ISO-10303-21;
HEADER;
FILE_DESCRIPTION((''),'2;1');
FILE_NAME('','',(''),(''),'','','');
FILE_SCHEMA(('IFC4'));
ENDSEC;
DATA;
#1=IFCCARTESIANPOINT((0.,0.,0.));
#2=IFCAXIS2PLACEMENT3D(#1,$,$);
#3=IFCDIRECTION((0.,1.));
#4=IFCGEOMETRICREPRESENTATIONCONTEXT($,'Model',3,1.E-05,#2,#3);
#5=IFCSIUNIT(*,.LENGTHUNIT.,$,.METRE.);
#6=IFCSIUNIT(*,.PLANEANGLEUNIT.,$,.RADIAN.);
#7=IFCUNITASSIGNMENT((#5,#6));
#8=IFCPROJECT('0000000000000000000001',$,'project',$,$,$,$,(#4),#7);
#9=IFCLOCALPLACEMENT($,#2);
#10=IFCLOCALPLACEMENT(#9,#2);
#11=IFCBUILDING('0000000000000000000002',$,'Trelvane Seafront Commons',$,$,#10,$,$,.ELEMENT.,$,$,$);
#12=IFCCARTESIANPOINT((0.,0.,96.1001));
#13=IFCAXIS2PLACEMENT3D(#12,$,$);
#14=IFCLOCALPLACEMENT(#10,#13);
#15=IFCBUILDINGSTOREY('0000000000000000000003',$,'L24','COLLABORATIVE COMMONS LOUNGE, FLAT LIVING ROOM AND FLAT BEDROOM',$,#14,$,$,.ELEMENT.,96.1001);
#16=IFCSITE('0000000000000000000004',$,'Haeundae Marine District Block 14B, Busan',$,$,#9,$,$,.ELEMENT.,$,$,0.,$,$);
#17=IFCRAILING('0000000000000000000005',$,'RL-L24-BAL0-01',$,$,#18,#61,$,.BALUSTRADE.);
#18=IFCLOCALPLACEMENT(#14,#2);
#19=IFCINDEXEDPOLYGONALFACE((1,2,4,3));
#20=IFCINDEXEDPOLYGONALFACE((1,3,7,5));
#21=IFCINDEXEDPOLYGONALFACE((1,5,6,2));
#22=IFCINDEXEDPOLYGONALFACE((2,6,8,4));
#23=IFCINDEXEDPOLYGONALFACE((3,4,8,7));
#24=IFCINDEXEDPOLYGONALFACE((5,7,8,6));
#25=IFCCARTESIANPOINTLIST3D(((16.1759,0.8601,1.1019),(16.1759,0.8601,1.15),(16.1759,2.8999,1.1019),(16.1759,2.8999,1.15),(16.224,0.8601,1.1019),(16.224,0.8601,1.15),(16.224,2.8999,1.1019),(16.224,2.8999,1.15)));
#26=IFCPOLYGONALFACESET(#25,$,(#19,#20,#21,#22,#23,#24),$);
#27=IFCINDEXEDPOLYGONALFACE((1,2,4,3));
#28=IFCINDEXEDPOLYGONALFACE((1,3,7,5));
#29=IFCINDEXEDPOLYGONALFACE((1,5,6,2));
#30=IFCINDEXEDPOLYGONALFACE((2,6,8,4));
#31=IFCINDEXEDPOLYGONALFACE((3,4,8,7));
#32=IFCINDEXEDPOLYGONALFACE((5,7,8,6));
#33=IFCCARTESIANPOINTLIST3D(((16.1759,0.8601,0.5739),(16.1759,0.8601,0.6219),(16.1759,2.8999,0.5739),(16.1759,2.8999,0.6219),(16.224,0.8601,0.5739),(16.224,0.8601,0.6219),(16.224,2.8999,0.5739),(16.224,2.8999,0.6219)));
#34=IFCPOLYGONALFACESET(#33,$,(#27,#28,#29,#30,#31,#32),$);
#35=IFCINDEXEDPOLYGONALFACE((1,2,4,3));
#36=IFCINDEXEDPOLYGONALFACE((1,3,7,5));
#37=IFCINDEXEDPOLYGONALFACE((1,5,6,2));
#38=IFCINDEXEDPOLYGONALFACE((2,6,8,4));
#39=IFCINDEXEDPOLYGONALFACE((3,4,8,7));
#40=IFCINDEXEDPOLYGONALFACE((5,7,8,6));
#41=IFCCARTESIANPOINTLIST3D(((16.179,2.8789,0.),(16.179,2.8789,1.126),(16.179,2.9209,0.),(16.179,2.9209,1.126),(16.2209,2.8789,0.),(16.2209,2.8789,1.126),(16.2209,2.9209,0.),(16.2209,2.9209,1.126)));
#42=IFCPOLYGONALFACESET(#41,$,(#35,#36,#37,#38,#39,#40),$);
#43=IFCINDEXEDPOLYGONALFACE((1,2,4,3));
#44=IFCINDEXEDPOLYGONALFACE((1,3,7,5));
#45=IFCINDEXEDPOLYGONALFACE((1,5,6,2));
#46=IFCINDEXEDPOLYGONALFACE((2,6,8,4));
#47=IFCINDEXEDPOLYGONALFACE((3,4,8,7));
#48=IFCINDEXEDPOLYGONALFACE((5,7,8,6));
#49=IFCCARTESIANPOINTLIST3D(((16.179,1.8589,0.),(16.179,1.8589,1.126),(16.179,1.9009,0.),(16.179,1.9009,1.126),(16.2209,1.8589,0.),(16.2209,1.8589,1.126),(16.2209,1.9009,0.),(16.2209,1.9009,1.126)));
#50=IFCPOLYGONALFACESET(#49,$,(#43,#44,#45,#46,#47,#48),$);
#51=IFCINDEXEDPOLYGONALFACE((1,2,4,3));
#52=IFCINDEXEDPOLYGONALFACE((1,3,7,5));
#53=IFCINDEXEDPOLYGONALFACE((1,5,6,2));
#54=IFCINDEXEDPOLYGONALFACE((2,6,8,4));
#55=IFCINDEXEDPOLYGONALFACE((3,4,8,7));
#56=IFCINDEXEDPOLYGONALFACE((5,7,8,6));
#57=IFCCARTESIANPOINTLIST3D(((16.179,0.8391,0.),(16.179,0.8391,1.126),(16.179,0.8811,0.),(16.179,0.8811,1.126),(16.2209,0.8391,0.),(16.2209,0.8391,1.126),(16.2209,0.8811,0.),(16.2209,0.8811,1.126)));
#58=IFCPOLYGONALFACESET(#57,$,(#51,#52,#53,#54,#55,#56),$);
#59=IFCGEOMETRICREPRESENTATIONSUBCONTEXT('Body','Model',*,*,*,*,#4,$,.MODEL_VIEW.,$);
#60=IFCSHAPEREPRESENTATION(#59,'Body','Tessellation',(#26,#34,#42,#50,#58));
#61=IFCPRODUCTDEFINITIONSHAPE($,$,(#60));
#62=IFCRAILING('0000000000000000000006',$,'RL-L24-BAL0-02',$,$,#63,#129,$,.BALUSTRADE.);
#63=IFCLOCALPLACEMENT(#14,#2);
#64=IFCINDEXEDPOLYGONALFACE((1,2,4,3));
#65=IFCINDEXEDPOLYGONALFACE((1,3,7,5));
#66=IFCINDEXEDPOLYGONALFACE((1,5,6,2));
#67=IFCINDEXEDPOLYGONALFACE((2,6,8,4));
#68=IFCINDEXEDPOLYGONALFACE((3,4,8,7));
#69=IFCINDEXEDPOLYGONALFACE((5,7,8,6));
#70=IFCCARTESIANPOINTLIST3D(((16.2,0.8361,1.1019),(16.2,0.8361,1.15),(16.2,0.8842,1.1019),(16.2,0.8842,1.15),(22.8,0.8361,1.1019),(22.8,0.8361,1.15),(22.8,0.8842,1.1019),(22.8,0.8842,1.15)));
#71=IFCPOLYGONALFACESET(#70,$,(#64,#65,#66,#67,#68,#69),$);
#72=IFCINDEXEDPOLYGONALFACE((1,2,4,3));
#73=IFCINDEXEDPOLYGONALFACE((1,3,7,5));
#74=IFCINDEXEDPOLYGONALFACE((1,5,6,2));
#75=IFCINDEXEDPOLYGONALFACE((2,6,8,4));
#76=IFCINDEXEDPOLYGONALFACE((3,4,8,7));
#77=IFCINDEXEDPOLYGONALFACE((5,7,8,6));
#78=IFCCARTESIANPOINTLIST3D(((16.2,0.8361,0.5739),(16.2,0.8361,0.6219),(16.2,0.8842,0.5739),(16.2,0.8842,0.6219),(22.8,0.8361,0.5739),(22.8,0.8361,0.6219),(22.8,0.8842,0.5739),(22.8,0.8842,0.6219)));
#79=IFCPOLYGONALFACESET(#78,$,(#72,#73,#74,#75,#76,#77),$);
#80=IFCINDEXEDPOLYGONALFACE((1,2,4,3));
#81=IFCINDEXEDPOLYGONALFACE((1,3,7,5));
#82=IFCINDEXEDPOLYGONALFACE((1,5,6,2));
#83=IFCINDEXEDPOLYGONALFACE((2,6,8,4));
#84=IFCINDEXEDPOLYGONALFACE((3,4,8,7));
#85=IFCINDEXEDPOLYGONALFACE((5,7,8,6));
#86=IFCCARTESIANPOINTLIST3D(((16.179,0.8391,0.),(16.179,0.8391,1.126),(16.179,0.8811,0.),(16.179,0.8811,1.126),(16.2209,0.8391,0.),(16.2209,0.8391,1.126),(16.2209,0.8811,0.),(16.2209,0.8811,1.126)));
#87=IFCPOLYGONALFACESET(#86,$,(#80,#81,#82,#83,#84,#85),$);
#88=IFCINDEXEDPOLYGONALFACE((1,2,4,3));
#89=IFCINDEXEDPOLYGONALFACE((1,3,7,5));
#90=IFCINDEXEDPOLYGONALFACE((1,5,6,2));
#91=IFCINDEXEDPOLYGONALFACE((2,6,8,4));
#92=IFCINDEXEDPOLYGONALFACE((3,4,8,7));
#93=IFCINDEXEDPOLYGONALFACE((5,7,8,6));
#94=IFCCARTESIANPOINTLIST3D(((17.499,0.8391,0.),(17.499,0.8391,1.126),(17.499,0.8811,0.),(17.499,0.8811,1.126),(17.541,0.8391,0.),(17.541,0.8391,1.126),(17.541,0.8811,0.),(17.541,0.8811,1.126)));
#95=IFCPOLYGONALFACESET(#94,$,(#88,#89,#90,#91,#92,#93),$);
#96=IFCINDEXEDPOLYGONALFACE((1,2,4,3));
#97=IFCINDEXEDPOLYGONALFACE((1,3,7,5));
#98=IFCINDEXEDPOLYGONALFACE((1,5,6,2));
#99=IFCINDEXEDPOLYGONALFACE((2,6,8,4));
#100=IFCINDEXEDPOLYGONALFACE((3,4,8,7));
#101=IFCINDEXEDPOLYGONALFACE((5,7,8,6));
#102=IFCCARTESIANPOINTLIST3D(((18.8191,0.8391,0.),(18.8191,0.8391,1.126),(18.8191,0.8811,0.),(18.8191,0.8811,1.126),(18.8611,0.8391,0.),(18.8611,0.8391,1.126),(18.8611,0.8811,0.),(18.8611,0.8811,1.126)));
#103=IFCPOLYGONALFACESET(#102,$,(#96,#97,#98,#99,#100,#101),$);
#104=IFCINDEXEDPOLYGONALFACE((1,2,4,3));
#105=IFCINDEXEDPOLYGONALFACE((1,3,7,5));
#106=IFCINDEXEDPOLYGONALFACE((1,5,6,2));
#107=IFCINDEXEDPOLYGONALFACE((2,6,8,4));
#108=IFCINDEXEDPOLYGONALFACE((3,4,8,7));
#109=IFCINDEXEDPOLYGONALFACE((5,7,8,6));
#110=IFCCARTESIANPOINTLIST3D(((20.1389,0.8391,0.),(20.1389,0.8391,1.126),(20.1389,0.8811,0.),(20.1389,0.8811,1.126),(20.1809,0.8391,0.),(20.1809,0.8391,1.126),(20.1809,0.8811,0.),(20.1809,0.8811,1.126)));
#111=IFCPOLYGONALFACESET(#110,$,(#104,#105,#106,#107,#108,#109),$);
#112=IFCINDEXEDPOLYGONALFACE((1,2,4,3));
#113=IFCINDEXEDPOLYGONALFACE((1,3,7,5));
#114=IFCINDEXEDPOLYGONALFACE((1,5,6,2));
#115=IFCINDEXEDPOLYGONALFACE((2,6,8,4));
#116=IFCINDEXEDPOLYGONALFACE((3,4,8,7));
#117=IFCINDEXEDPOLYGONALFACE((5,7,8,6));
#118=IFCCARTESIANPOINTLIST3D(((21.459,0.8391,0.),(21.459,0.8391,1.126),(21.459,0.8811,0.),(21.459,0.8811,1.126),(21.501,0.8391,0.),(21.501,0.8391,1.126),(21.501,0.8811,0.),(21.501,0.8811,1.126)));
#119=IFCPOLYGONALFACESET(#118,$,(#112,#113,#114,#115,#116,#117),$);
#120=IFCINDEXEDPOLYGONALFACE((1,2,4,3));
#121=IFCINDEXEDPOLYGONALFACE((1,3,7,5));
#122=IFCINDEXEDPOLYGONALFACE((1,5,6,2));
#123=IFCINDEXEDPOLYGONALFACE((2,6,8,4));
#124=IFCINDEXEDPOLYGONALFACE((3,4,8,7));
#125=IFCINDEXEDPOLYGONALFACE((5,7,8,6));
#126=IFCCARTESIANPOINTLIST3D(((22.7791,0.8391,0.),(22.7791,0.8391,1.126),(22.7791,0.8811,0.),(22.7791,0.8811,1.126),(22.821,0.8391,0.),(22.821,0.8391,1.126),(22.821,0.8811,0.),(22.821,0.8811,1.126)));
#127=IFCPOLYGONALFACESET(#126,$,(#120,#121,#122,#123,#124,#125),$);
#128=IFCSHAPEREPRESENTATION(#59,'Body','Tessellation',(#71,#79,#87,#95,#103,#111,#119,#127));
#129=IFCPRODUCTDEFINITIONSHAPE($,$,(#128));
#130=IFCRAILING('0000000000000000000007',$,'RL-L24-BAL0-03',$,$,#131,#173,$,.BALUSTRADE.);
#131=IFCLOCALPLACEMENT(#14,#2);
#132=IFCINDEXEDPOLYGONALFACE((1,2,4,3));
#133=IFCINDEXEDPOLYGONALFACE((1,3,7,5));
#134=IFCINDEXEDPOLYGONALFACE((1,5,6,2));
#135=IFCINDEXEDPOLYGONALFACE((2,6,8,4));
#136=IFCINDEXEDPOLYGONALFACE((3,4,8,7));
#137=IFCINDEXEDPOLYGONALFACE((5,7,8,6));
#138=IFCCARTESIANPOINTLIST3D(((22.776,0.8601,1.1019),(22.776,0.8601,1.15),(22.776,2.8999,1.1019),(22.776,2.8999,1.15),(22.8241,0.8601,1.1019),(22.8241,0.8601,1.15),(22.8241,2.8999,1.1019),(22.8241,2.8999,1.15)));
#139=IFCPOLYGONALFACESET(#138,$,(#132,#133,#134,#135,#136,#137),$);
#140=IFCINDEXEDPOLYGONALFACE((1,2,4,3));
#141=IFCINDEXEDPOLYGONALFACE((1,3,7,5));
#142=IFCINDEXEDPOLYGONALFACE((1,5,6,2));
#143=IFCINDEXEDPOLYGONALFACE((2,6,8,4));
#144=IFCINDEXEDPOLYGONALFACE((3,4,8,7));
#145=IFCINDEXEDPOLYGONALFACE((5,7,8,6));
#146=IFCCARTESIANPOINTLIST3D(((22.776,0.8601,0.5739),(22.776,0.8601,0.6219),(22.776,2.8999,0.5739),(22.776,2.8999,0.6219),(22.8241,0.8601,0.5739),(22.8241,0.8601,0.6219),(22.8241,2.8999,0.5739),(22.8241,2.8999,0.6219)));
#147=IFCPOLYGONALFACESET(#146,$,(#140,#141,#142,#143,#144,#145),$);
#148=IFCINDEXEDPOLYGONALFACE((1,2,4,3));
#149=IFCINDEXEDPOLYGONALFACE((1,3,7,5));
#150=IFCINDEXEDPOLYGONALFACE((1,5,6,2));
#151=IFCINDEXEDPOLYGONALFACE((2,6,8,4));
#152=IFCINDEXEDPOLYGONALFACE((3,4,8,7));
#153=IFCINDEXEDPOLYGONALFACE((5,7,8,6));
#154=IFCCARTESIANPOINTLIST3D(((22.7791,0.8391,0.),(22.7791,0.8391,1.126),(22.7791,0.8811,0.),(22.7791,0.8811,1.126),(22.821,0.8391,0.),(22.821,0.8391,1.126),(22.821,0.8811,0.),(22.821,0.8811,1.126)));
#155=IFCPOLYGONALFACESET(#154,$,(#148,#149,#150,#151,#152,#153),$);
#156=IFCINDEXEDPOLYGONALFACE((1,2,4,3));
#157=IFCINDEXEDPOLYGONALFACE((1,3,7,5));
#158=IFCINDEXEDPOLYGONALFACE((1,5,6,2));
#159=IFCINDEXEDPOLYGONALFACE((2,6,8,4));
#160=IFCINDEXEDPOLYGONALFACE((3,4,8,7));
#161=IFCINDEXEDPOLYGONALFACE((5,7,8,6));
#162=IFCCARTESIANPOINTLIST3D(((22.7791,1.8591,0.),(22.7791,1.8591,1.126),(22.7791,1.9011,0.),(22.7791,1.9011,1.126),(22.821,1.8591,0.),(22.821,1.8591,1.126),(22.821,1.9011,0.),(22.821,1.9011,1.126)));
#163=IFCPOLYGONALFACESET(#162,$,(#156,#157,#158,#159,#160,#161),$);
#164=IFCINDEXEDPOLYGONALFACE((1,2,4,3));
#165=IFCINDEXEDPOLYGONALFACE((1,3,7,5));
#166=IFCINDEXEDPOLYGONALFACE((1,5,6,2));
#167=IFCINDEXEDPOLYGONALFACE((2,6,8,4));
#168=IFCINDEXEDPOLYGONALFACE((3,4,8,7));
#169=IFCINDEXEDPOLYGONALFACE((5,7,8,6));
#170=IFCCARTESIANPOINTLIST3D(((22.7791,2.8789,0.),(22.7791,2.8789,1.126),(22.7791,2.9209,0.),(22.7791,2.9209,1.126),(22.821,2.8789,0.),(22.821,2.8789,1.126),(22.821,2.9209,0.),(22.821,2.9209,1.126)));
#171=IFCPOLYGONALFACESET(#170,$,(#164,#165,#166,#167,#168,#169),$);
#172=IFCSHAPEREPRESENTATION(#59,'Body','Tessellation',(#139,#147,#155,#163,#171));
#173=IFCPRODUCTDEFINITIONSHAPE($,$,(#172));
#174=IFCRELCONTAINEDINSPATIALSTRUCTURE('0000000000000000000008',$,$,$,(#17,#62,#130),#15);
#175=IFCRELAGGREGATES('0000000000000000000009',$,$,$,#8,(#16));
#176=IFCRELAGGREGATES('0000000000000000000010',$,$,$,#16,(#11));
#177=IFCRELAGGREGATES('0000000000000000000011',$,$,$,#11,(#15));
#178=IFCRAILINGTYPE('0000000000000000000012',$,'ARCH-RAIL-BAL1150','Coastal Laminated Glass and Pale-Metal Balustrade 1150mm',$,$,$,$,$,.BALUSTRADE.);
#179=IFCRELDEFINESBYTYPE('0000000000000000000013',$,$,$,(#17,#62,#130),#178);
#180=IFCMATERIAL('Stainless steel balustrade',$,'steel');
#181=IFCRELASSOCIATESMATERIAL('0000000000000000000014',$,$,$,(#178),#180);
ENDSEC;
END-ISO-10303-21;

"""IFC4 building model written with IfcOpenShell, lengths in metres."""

from ifc_helpers import new_model, si_unit, direction, frame, origin, origin_2d, place, context, subcontext, project, spatial, rectangle, extrude, material, type_object, element, save


model = new_model("IFC4")

# Units and contexts
model_context = context("Model", 3, precision=1e-05, world=origin(), true_north=direction((0.0, 1.0)))
body_context = subcontext(model_context, "Body", "Model", "MODEL_VIEW")
ifc_project = project(units=[si_unit("LENGTHUNIT", "METRE"), si_unit("PLANEANGLEUNIT", "RADIAN")], contexts=[model_context])

# Site, building, storey
site_placement = place(None, origin())
site = spatial("IfcSite", under=ifc_project, at=site_placement, Name="Haeundae Marine District Block 14B, Busan", CompositionType="ELEMENT", RefElevation=0.0)
building_placement = place(site_placement, origin())
building = spatial("IfcBuilding", under=site, at=building_placement, Name="Trelvane Seafront Commons", CompositionType="ELEMENT")
storey_placement = place(building_placement, frame((0.0, 0.0, 96.1001)))
storey = spatial("IfcBuildingStorey", under=building, at=storey_placement, Name="L24", Description="COLLABORATIVE COMMONS LOUNGE, FLAT LIVING ROOM AND FLAT BEDROOM", CompositionType="ELEMENT", Elevation=96.1001)

# Railings
ifc_material_1 = material(Name="Stainless steel balustrade", Category="steel")
railing_type = type_object("IfcRailingType", Name="ARCH-RAIL-BAL1150", Description="Coastal Laminated Glass and Pale-Metal Balustrade 1150mm", PredefinedType="BALUSTRADE", material=ifc_material_1)
railing_1_placement = place(storey_placement, frame((16.2, 2.8999, 0.0)))
element("IfcRailing", 1, at=railing_1_placement, inside=storey, type_object=railing_type, Name="RL-L24-BAL0-01", PredefinedType="BALUSTRADE", context=body_context, shape_type="SweptSolid", body=[
    extrude(rectangle(XDim=0.0481, YDim=0.0481, at=origin_2d()), frame((0.0, 0.0, 1.126), z_axis=(0.0, -1.0, 0.0), x_axis=(1.0, 0.0, 0.0)), (0.0, 0.0, 1.0), 2.0398),
    extrude(rectangle(XDim=0.0481, YDim=0.0481, at=origin_2d()), frame((0.0, 0.0, 0.5979), z_axis=(0.0, -1.0, 0.0), x_axis=(1.0, 0.0, 0.0)), (0.0, 0.0, 1.0), 2.0398),
    extrude(rectangle(XDim=0.042, YDim=0.042, at=origin_2d()), origin(), (0.0, 0.0, 1.0), 1.126),
    extrude(rectangle(XDim=0.042, YDim=0.042, at=origin_2d()), frame((0.0, -1.02, 0.0)), (0.0, 0.0, 1.0), 1.126),
    extrude(rectangle(XDim=0.042, YDim=0.042, at=origin_2d()), frame((0.0, -2.0398, 0.0)), (0.0, 0.0, 1.0), 1.126),
])
railing_2_placement = place(storey_placement, frame((16.2, 0.8601, 0.0)))
element("IfcRailing", 2, at=railing_2_placement, inside=storey, type_object=railing_type, Name="RL-L24-BAL0-02", PredefinedType="BALUSTRADE", context=body_context, shape_type="SweptSolid", body=[
    extrude(rectangle(XDim=0.0481, YDim=0.0481, at=origin_2d()), frame((0.0, 0.0, 1.126), z_axis=(1.0, 0.0, 0.0), x_axis=(0.0, 1.0, 0.0)), (0.0, 0.0, 1.0), 6.6001),
    extrude(rectangle(XDim=0.0481, YDim=0.0481, at=origin_2d()), frame((0.0, 0.0, 0.5979), z_axis=(1.0, 0.0, 0.0), x_axis=(0.0, 1.0, 0.0)), (0.0, 0.0, 1.0), 6.6001),
    extrude(rectangle(XDim=0.042, YDim=0.042, at=origin_2d()), origin(), (0.0, 0.0, 1.0), 1.126),
    extrude(rectangle(XDim=0.042, YDim=0.042, at=origin_2d()), frame((1.3201, 0.0, 0.0)), (0.0, 0.0, 1.0), 1.126),
    extrude(rectangle(XDim=0.042, YDim=0.042, at=origin_2d()), frame((2.6401, 0.0, 0.0)), (0.0, 0.0, 1.0), 1.126),
    extrude(rectangle(XDim=0.042, YDim=0.042, at=origin_2d()), frame((3.96, 0.0, 0.0)), (0.0, 0.0, 1.0), 1.126),
    extrude(rectangle(XDim=0.042, YDim=0.042, at=origin_2d()), frame((5.28, 0.0, 0.0)), (0.0, 0.0, 1.0), 1.126),
    extrude(rectangle(XDim=0.042, YDim=0.042, at=origin_2d()), frame((6.6001, 0.0, 0.0)), (0.0, 0.0, 1.0), 1.126),
])
railing_3_placement = place(storey_placement, frame((22.8, 0.8601, 0.0)))
element("IfcRailing", 3, at=railing_3_placement, inside=storey, type_object=railing_type, Name="RL-L24-BAL0-03", PredefinedType="BALUSTRADE", context=body_context, shape_type="SweptSolid", body=[
    extrude(rectangle(XDim=0.0481, YDim=0.0481, at=origin_2d()), frame((0.0, 0.0, 1.126), z_axis=(0.0, 1.0, 0.0), x_axis=(-1.0, 0.0, 0.0)), (0.0, 0.0, 1.0), 2.0398),
    extrude(rectangle(XDim=0.0481, YDim=0.0481, at=origin_2d()), frame((0.0, 0.0, 0.5979), z_axis=(0.0, 1.0, 0.0), x_axis=(-1.0, 0.0, 0.0)), (0.0, 0.0, 1.0), 2.0398),
    extrude(rectangle(XDim=0.042, YDim=0.042, at=origin_2d()), origin(), (0.0, 0.0, 1.0), 1.126),
    extrude(rectangle(XDim=0.042, YDim=0.042, at=origin_2d()), frame((0.0, 1.02, 0.0)), (0.0, 0.0, 1.0), 1.126),
    extrude(rectangle(XDim=0.042, YDim=0.042, at=origin_2d()), frame((0.0, 2.0398, 0.0)), (0.0, 0.0, 1.0), 1.126),
])

save(model, "model.ifc")
